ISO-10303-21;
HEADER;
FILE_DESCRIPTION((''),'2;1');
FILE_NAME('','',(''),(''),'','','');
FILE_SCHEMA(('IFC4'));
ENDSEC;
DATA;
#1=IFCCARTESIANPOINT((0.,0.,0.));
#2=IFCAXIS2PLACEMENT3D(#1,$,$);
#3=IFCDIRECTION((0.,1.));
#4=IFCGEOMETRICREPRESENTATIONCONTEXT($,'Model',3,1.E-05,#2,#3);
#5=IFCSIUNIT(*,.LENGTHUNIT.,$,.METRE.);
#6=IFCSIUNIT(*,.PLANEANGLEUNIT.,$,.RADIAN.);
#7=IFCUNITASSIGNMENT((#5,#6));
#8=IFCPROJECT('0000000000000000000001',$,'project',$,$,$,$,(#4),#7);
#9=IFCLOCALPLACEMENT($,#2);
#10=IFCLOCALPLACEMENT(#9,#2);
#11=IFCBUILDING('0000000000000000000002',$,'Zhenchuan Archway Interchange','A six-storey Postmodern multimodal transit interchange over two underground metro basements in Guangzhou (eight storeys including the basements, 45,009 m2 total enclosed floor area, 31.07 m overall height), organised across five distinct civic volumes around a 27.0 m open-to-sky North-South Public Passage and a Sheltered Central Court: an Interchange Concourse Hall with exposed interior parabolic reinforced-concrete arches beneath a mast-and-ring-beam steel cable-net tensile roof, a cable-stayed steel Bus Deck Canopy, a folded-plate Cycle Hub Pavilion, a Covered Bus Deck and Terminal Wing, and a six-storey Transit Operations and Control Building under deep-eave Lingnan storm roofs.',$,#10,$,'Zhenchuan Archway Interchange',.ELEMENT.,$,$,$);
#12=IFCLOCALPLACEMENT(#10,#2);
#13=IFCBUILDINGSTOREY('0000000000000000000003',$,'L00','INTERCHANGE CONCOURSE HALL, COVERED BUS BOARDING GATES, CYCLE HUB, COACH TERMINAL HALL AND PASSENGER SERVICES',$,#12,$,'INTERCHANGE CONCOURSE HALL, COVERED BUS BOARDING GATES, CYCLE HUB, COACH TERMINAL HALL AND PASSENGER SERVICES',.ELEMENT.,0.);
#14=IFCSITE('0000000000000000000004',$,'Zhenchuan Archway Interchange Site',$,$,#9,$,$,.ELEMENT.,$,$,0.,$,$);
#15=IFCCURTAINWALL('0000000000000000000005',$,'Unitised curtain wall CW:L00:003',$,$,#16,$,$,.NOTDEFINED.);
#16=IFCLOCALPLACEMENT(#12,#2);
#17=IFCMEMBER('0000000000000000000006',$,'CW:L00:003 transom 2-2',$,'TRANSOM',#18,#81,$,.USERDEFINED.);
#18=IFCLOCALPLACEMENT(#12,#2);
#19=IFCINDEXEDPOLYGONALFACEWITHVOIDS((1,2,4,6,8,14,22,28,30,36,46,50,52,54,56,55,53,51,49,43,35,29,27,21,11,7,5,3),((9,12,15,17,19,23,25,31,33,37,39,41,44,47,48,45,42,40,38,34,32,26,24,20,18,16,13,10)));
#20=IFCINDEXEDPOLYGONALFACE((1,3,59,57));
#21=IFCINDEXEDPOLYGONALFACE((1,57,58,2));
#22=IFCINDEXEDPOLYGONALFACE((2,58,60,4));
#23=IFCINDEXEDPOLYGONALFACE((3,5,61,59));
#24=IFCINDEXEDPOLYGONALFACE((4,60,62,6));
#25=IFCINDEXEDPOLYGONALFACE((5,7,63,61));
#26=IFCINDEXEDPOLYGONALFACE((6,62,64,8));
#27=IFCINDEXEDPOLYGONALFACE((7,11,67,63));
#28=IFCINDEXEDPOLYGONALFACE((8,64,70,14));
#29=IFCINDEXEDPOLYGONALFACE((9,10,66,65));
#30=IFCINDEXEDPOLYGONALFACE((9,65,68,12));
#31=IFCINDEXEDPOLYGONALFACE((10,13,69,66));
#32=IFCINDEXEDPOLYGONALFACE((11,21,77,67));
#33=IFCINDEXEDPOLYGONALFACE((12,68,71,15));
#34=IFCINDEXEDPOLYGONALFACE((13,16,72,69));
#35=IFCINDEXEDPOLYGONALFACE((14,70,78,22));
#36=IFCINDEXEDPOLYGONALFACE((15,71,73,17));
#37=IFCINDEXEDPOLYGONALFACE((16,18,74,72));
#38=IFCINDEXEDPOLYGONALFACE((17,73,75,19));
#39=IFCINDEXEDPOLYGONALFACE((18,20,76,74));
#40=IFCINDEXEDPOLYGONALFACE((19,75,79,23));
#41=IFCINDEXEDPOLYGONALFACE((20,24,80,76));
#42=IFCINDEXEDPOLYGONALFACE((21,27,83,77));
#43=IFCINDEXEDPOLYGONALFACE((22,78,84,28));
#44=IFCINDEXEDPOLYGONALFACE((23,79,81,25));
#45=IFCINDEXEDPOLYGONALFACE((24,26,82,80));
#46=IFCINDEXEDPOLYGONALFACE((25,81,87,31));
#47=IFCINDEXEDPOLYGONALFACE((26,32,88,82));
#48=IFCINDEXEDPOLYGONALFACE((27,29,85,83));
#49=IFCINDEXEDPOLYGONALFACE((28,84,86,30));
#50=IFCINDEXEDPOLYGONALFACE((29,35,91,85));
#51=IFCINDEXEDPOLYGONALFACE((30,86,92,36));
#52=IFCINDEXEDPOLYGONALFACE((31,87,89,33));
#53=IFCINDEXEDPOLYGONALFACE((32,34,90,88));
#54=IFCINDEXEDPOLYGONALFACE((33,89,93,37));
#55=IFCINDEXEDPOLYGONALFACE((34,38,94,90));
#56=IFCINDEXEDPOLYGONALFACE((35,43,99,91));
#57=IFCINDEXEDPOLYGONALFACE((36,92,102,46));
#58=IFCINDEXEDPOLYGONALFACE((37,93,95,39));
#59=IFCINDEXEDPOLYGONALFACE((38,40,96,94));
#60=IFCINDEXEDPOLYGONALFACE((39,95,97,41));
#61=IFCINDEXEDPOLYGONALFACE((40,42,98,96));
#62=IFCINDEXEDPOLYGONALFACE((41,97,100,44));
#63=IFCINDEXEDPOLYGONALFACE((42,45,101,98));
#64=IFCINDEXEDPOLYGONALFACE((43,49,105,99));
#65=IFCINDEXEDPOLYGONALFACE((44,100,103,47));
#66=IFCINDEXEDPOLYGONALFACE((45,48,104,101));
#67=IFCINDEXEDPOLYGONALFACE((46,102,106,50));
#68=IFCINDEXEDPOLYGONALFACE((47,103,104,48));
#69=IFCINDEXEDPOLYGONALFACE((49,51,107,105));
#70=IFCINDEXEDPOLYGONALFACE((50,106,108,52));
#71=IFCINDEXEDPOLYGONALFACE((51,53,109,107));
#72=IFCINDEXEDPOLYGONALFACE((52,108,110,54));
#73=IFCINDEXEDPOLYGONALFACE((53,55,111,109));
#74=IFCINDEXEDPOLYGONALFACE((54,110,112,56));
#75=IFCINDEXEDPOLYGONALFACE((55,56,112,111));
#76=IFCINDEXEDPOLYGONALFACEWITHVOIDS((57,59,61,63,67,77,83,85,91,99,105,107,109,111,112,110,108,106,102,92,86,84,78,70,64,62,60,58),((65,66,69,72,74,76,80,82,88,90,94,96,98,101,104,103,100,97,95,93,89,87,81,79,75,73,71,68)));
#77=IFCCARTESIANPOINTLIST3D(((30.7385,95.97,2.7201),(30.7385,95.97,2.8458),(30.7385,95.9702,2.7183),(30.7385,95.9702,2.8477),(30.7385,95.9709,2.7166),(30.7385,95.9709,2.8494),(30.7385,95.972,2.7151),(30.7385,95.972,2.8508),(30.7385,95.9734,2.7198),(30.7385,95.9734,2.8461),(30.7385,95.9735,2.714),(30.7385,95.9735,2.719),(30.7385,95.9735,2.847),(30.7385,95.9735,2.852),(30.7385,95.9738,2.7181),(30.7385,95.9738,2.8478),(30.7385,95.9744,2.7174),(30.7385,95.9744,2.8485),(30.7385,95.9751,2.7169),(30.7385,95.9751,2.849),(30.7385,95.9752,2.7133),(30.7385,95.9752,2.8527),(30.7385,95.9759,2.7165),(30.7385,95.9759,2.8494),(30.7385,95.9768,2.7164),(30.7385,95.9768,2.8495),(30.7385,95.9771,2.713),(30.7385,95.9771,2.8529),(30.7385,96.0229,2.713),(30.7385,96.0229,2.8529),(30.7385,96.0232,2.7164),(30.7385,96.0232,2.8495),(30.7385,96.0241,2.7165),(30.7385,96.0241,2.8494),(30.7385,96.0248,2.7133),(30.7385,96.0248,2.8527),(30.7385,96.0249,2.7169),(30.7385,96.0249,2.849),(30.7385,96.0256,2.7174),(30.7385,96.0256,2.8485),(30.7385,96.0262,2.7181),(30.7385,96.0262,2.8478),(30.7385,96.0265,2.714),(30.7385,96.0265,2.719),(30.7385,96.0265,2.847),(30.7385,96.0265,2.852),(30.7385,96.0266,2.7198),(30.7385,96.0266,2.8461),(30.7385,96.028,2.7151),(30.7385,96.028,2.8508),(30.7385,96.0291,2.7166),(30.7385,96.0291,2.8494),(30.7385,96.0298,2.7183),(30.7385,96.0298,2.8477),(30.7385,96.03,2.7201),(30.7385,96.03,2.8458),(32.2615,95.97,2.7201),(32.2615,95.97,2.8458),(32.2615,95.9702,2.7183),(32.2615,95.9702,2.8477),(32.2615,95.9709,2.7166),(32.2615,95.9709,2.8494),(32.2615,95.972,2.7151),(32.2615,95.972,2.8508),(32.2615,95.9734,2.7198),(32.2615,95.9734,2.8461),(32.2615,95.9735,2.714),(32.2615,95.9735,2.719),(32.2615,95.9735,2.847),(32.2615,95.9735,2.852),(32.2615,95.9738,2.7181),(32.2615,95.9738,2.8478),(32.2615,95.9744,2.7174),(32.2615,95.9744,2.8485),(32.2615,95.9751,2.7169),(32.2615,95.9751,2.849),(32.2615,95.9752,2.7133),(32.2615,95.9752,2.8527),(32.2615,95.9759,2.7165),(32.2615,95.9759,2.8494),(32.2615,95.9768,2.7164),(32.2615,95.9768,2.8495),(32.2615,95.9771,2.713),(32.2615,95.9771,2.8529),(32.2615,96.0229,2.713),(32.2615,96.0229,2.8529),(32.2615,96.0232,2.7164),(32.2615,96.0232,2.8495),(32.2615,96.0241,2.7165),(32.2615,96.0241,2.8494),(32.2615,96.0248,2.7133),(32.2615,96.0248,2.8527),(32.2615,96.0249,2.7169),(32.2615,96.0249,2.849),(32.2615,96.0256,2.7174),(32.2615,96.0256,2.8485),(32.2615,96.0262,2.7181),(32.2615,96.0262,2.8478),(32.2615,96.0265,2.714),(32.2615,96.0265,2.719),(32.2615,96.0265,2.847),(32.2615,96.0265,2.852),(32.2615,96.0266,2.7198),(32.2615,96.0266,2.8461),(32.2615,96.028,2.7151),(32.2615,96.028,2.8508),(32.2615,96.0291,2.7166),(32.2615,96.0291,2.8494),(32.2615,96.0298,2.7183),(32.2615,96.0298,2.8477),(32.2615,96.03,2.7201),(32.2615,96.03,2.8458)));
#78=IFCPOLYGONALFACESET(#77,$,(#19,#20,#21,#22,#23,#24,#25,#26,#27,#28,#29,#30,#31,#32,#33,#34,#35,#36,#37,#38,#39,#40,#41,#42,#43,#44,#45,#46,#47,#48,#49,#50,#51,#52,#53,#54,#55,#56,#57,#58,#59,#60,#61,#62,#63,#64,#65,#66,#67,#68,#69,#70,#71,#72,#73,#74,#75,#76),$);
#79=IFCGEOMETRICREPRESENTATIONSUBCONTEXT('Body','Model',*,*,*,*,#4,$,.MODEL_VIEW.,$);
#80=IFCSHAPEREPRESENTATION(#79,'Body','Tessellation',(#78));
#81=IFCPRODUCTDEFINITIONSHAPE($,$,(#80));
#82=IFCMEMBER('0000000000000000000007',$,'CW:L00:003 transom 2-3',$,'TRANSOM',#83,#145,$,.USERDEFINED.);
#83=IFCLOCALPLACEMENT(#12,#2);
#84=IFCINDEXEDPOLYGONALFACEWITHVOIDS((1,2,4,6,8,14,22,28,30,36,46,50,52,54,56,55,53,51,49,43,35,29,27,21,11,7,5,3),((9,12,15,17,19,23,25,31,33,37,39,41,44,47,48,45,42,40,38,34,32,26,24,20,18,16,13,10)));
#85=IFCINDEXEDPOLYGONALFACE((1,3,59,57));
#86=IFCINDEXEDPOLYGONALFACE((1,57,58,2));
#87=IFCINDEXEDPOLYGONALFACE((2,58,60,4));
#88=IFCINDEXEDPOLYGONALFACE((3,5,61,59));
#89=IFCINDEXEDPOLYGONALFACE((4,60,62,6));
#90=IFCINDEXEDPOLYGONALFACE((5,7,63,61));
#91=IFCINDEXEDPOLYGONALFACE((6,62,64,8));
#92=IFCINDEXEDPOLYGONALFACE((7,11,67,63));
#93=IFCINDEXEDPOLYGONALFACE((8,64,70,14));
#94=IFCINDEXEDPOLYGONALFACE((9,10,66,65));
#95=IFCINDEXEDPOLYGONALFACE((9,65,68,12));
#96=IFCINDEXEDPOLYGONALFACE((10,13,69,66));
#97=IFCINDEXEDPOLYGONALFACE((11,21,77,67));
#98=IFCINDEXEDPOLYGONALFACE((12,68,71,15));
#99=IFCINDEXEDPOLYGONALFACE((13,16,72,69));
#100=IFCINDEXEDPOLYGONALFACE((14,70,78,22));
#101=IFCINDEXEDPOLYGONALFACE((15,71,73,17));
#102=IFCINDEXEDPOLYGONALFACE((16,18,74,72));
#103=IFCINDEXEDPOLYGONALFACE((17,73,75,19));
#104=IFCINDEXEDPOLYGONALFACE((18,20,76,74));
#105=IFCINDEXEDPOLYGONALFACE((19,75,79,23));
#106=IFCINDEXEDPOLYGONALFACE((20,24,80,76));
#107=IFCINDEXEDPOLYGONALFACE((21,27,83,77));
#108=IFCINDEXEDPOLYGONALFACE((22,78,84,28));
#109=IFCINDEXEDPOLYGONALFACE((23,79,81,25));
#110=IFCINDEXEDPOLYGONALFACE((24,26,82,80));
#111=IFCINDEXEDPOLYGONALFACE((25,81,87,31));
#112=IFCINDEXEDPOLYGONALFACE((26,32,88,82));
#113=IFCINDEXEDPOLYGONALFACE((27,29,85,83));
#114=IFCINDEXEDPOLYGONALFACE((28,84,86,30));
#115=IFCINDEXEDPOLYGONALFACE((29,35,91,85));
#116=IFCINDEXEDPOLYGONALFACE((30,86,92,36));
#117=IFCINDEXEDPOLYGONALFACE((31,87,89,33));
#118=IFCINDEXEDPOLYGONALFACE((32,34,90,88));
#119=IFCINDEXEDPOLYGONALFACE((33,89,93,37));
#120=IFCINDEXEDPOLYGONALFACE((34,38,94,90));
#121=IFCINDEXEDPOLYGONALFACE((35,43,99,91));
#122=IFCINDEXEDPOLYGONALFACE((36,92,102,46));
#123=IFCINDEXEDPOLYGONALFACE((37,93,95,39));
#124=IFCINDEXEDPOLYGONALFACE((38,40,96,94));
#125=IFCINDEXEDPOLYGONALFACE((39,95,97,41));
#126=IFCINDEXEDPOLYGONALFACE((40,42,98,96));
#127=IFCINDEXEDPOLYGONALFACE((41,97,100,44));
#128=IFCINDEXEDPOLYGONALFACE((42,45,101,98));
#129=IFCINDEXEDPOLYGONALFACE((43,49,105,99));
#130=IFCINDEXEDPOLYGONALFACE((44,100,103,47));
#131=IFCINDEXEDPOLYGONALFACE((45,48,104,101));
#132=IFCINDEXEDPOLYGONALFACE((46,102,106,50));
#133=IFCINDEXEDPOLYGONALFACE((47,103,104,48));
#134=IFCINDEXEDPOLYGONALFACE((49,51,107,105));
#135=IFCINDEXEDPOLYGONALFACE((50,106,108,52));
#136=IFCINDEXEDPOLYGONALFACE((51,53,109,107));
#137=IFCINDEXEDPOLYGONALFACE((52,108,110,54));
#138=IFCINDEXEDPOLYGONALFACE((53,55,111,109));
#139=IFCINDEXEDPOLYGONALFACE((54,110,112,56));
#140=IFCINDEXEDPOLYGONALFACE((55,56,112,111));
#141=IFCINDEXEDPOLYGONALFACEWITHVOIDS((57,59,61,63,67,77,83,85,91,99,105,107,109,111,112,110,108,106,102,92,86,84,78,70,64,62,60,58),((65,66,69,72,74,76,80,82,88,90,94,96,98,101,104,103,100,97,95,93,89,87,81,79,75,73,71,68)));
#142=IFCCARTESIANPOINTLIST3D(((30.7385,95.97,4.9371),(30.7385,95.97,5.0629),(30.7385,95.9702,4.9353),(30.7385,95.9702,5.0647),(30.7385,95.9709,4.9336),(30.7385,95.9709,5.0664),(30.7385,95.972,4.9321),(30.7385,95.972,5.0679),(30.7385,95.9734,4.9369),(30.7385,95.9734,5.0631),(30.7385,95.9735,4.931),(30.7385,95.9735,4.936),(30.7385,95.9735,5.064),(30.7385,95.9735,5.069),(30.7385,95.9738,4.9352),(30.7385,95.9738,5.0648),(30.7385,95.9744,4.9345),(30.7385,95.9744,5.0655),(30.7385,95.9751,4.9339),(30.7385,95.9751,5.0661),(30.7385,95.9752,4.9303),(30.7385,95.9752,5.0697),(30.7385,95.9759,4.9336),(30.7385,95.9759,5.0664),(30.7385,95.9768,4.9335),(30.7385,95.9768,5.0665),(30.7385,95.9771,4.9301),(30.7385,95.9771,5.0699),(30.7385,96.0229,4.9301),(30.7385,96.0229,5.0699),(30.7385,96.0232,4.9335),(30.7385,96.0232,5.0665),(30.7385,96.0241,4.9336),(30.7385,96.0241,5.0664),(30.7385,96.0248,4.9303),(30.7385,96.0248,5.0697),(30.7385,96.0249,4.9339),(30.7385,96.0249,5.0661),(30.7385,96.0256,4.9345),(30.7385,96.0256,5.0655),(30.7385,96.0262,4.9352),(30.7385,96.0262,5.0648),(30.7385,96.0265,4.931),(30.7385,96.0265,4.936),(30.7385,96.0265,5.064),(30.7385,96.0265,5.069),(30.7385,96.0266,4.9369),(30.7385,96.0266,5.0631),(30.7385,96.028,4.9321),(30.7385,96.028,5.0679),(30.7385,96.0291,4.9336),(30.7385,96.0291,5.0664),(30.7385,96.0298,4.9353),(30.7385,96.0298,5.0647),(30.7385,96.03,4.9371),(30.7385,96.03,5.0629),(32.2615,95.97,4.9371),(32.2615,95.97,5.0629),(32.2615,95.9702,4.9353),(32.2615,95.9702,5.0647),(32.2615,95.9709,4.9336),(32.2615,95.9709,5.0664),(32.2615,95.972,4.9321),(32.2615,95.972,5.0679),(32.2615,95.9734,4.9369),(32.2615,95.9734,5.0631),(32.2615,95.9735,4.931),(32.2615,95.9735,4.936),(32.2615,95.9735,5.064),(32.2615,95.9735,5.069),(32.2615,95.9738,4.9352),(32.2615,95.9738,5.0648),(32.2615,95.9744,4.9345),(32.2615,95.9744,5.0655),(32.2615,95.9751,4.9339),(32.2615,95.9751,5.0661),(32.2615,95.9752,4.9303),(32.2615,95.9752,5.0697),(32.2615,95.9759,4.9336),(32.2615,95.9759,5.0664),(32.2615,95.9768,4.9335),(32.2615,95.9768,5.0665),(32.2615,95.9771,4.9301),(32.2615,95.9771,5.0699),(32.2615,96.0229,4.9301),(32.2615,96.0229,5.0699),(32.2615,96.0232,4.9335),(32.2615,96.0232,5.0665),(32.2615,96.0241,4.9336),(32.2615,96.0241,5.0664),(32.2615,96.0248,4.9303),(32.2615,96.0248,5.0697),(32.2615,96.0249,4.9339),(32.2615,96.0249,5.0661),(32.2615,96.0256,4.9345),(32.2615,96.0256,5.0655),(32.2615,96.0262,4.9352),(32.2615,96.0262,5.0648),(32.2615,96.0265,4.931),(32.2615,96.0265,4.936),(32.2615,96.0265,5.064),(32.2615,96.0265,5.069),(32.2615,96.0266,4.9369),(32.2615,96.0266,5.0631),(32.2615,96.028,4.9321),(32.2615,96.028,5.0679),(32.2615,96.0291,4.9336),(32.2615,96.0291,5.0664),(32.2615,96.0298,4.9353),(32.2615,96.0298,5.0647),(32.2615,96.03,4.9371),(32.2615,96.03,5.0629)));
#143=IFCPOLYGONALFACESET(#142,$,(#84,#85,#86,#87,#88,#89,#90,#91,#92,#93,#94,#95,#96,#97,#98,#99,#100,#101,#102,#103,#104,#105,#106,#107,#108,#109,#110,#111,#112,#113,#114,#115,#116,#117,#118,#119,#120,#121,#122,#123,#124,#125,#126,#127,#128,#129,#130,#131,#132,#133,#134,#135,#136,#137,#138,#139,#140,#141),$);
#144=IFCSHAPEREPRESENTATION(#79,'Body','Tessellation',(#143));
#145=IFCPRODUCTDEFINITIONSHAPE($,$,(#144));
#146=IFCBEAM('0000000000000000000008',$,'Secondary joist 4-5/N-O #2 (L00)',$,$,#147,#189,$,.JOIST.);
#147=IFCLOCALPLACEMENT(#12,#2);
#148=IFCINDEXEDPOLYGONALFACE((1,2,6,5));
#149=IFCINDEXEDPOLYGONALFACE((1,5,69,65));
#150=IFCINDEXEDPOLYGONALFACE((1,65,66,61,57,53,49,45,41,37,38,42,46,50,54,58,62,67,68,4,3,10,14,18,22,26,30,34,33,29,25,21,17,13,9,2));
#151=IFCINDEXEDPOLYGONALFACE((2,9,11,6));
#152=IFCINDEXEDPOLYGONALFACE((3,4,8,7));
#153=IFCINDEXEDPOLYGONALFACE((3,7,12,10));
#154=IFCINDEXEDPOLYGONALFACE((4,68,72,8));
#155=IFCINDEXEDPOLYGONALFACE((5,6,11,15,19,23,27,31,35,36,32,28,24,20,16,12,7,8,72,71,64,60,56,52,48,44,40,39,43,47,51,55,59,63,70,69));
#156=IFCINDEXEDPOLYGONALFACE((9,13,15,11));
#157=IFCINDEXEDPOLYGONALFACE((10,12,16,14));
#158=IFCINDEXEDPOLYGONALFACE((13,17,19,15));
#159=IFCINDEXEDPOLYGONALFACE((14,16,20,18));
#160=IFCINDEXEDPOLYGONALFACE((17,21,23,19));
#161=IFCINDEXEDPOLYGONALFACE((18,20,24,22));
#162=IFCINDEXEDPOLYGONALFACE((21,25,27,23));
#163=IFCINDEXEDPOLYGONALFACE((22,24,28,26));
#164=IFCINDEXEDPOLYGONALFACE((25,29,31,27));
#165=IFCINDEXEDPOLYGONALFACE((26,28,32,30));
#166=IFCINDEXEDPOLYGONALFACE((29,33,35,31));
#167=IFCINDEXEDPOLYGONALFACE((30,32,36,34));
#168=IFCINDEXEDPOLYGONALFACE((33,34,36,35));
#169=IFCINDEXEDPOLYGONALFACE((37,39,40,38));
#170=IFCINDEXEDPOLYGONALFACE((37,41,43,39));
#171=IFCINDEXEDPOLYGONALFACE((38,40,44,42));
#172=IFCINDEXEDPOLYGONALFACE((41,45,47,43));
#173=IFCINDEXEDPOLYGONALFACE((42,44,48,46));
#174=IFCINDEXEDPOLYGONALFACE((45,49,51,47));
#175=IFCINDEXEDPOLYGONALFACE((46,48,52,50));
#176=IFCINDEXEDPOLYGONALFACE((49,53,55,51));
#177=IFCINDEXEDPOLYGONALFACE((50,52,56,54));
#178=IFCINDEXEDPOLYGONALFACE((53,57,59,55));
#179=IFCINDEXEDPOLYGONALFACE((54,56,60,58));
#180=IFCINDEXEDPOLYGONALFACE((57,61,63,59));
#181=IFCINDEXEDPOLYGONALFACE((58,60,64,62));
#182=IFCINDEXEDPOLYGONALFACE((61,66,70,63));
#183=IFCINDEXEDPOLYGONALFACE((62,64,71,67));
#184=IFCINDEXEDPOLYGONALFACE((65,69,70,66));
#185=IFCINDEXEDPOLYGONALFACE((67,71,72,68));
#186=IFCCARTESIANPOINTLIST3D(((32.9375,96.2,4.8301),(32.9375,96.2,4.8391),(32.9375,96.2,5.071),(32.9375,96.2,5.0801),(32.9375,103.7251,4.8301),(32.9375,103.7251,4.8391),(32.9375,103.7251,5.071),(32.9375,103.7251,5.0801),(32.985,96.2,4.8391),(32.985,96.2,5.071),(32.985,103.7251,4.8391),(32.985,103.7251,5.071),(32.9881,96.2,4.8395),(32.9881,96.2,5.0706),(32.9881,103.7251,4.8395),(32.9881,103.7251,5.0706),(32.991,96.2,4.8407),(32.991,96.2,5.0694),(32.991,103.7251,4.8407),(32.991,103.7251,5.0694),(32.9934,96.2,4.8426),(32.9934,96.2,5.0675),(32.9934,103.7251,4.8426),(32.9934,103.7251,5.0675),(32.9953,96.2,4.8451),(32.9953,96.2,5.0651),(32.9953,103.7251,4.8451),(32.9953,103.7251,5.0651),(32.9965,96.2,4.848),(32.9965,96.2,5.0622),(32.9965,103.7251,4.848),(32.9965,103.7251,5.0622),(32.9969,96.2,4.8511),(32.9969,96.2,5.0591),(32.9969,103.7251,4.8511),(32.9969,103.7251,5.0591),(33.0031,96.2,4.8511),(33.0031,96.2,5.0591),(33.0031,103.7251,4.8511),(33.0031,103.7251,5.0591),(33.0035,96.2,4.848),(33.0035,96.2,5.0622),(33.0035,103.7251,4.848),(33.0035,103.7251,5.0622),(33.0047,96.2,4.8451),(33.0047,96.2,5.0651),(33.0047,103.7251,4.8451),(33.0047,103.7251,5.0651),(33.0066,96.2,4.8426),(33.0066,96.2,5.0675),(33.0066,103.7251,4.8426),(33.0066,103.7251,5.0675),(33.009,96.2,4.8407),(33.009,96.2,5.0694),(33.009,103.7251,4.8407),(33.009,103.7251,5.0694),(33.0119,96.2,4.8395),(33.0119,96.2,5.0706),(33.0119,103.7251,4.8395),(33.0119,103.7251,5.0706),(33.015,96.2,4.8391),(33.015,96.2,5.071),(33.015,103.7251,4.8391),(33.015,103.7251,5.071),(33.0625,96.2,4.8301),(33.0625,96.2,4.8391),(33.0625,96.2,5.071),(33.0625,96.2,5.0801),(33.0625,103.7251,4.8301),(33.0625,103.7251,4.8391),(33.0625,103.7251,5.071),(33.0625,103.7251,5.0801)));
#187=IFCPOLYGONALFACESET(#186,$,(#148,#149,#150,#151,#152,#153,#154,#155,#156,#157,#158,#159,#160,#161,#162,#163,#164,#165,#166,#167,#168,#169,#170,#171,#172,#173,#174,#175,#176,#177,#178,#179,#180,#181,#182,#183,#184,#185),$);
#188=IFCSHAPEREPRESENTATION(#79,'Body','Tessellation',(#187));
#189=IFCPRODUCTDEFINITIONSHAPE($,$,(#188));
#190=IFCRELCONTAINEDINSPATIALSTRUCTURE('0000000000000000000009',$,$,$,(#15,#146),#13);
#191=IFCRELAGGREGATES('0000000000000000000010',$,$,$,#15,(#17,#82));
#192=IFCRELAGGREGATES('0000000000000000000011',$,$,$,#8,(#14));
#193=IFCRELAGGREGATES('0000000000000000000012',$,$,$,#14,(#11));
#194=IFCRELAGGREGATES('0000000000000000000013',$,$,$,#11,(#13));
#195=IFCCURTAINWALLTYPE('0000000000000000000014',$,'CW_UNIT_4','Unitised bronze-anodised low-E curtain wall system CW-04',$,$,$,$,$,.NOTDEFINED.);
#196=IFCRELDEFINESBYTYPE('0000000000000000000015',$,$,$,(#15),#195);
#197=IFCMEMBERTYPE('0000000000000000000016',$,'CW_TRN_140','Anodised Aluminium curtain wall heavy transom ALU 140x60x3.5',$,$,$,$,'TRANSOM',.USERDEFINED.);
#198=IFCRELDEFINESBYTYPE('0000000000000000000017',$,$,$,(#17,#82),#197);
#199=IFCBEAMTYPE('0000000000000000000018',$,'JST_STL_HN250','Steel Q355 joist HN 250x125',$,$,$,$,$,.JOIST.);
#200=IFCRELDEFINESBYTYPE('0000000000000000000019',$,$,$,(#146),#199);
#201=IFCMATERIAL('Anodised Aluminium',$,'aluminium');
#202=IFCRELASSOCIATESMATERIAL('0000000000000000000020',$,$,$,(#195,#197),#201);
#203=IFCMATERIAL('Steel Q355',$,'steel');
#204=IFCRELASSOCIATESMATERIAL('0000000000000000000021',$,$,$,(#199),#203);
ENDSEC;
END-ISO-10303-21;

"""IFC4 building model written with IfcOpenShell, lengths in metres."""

from ifc_helpers import new_model, si_unit, direction, frame, origin, origin_2d, place, context, subcontext, project, spatial, hollow_rectangle, i_section, extrude, material, material_profile, profile_set, type_object, element, aggregate, save


model = new_model("IFC4")

# Units and contexts
model_context = context("Model", 3, precision=1e-05, world=origin(), true_north=direction((0.0, 1.0)))
body_context = subcontext(model_context, "Body", "Model", "MODEL_VIEW")
ifc_project = project(units=[si_unit("LENGTHUNIT", "METRE"), si_unit("PLANEANGLEUNIT", "RADIAN")], contexts=[model_context])

# Site, building, storey
site_placement = place(None, origin())
site = spatial("IfcSite", under=ifc_project, at=site_placement, Name="Zhenchuan Archway Interchange Site", CompositionType="ELEMENT", RefElevation=0.0)
building_placement = place(site_placement, origin())
building = spatial("IfcBuilding", under=site, at=building_placement, Name="Zhenchuan Archway Interchange", Description="A six-storey Postmodern multimodal transit interchange over two underground metro basements in Guangzhou (eight storeys including the basements, 45,009 m2 total enclosed floor area, 31.07 m overall height), organised across five distinct civic volumes around a 27.0 m open-to-sky North-South Public Passage and a Sheltered Central Court: an Interchange Concourse Hall with exposed interior parabolic reinforced-concrete arches beneath a mast-and-ring-beam steel cable-net tensile roof, a cable-stayed steel Bus Deck Canopy, a folded-plate Cycle Hub Pavilion, a Covered Bus Deck and Terminal Wing, and a six-storey Transit Operations and Control Building under deep-eave Lingnan storm roofs.", LongName="Zhenchuan Archway Interchange", CompositionType="ELEMENT")
storey_placement = place(building_placement, origin())
storey = spatial("IfcBuildingStorey", under=building, at=storey_placement, Name="L00", Description="INTERCHANGE CONCOURSE HALL, COVERED BUS BOARDING GATES, CYCLE HUB, COACH TERMINAL HALL AND PASSENGER SERVICES", LongName="INTERCHANGE CONCOURSE HALL, COVERED BUS BOARDING GATES, CYCLE HUB, COACH TERMINAL HALL AND PASSENGER SERVICES", CompositionType="ELEMENT", Elevation=0.0)

# Curtain wall, members
ifc_material_1 = material(Name="Anodised Aluminium", Category="aluminium")
curtain_wall_type = type_object("IfcCurtainWallType", Name="CW_UNIT_4", Description="Unitised bronze-anodised low-E curtain wall system CW-04", PredefinedType="NOTDEFINED", material=ifc_material_1)
curtain_wall_placement = place(storey_placement, origin())
curtain_wall = element("IfcCurtainWall", 1, at=curtain_wall_placement, inside=storey, type_object=curtain_wall_type, Name="Unitised curtain wall CW:L00:003", PredefinedType="NOTDEFINED")
ifc_material_profile_1 = material_profile(ifc_material_1, hollow_rectangle(XDim=0.0601, YDim=0.1399, WallThickness=0.0034, InnerFilletRadius=0.0034, OuterFilletRadius=0.0071, at=origin_2d()), Name="ALU 140x60x3.5")
ifc_profile_set_1 = profile_set([ifc_material_profile_1], Name="Anodised Aluminium")
member_type_1 = type_object("IfcMemberType", Name="CW_TRN_140", Description="Anodised Aluminium curtain wall heavy transom ALU 140x60x3.5", ElementType="TRANSOM", PredefinedType="USERDEFINED", material=ifc_profile_set_1)
member_1_placement = place(storey_placement, frame((32.2615, 96.0, 2.783), z_axis=(-1.0, 0.0, 0.0), x_axis=(0.0, -1.0, 0.0)))
member_1 = element("IfcMember", 2, at=member_1_placement, type_object=member_type_1, Name="CW:L00:003 transom 2-2", ObjectType="TRANSOM", PredefinedType="USERDEFINED", context=body_context, shape_type="SweptSolid", body=[
    extrude(hollow_rectangle(XDim=0.0601, YDim=0.1399, WallThickness=0.0034, InnerFilletRadius=0.0034, OuterFilletRadius=0.0071, at=origin_2d()), origin(), (0.0, 0.0, 1.0), 1.5229),
])
member_2_placement = place(storey_placement, frame((32.2615, 96.0, 5.0), z_axis=(-1.0, 0.0, 0.0), x_axis=(0.0, -1.0, 0.0)))
member_2 = element("IfcMember", 3, at=member_2_placement, type_object=member_type_1, Name="CW:L00:003 transom 2-3", ObjectType="TRANSOM", PredefinedType="USERDEFINED", context=body_context, shape_type="SweptSolid", body=[
    extrude(hollow_rectangle(XDim=0.0601, YDim=0.1399, WallThickness=0.0034, InnerFilletRadius=0.0034, OuterFilletRadius=0.0071, at=origin_2d()), origin(), (0.0, 0.0, 1.0), 1.5229),
])

# Beam
ifc_material_2 = material(Name="Steel Q355", Category="steel")
ifc_material_profile_2 = material_profile(ifc_material_2, i_section(OverallWidth=0.125, OverallDepth=0.25, WebThickness=0.0061, FlangeThickness=0.009, FilletRadius=0.012, at=origin_2d()), Name="HN 250x125")
ifc_profile_set_2 = profile_set([ifc_material_profile_2], Name="Steel Q355")
beam_type = type_object("IfcBeamType", Name="JST_STL_HN250", Description="Steel Q355 joist HN 250x125", PredefinedType="JOIST", material=ifc_profile_set_2)
beam_placement = place(storey_placement, frame((33.0, 96.2, 4.9551), z_axis=(0.0, 1.0, 0.0), x_axis=(-1.0, 0.0, 0.0)))
element("IfcBeam", 4, at=beam_placement, inside=storey, type_object=beam_type, Name="Secondary joist 4-5/N-O #2 (L00)", PredefinedType="JOIST", context=body_context, shape_type="SweptSolid", body=[
    extrude(i_section(OverallWidth=0.125, OverallDepth=0.25, WebThickness=0.0061, FlangeThickness=0.009, FilletRadius=0.012, at=origin_2d()), origin(), (0.0, 0.0, 1.0), 7.5251),
])

aggregate(curtain_wall, [member_1, member_2])

save(model, "model.ifc")
